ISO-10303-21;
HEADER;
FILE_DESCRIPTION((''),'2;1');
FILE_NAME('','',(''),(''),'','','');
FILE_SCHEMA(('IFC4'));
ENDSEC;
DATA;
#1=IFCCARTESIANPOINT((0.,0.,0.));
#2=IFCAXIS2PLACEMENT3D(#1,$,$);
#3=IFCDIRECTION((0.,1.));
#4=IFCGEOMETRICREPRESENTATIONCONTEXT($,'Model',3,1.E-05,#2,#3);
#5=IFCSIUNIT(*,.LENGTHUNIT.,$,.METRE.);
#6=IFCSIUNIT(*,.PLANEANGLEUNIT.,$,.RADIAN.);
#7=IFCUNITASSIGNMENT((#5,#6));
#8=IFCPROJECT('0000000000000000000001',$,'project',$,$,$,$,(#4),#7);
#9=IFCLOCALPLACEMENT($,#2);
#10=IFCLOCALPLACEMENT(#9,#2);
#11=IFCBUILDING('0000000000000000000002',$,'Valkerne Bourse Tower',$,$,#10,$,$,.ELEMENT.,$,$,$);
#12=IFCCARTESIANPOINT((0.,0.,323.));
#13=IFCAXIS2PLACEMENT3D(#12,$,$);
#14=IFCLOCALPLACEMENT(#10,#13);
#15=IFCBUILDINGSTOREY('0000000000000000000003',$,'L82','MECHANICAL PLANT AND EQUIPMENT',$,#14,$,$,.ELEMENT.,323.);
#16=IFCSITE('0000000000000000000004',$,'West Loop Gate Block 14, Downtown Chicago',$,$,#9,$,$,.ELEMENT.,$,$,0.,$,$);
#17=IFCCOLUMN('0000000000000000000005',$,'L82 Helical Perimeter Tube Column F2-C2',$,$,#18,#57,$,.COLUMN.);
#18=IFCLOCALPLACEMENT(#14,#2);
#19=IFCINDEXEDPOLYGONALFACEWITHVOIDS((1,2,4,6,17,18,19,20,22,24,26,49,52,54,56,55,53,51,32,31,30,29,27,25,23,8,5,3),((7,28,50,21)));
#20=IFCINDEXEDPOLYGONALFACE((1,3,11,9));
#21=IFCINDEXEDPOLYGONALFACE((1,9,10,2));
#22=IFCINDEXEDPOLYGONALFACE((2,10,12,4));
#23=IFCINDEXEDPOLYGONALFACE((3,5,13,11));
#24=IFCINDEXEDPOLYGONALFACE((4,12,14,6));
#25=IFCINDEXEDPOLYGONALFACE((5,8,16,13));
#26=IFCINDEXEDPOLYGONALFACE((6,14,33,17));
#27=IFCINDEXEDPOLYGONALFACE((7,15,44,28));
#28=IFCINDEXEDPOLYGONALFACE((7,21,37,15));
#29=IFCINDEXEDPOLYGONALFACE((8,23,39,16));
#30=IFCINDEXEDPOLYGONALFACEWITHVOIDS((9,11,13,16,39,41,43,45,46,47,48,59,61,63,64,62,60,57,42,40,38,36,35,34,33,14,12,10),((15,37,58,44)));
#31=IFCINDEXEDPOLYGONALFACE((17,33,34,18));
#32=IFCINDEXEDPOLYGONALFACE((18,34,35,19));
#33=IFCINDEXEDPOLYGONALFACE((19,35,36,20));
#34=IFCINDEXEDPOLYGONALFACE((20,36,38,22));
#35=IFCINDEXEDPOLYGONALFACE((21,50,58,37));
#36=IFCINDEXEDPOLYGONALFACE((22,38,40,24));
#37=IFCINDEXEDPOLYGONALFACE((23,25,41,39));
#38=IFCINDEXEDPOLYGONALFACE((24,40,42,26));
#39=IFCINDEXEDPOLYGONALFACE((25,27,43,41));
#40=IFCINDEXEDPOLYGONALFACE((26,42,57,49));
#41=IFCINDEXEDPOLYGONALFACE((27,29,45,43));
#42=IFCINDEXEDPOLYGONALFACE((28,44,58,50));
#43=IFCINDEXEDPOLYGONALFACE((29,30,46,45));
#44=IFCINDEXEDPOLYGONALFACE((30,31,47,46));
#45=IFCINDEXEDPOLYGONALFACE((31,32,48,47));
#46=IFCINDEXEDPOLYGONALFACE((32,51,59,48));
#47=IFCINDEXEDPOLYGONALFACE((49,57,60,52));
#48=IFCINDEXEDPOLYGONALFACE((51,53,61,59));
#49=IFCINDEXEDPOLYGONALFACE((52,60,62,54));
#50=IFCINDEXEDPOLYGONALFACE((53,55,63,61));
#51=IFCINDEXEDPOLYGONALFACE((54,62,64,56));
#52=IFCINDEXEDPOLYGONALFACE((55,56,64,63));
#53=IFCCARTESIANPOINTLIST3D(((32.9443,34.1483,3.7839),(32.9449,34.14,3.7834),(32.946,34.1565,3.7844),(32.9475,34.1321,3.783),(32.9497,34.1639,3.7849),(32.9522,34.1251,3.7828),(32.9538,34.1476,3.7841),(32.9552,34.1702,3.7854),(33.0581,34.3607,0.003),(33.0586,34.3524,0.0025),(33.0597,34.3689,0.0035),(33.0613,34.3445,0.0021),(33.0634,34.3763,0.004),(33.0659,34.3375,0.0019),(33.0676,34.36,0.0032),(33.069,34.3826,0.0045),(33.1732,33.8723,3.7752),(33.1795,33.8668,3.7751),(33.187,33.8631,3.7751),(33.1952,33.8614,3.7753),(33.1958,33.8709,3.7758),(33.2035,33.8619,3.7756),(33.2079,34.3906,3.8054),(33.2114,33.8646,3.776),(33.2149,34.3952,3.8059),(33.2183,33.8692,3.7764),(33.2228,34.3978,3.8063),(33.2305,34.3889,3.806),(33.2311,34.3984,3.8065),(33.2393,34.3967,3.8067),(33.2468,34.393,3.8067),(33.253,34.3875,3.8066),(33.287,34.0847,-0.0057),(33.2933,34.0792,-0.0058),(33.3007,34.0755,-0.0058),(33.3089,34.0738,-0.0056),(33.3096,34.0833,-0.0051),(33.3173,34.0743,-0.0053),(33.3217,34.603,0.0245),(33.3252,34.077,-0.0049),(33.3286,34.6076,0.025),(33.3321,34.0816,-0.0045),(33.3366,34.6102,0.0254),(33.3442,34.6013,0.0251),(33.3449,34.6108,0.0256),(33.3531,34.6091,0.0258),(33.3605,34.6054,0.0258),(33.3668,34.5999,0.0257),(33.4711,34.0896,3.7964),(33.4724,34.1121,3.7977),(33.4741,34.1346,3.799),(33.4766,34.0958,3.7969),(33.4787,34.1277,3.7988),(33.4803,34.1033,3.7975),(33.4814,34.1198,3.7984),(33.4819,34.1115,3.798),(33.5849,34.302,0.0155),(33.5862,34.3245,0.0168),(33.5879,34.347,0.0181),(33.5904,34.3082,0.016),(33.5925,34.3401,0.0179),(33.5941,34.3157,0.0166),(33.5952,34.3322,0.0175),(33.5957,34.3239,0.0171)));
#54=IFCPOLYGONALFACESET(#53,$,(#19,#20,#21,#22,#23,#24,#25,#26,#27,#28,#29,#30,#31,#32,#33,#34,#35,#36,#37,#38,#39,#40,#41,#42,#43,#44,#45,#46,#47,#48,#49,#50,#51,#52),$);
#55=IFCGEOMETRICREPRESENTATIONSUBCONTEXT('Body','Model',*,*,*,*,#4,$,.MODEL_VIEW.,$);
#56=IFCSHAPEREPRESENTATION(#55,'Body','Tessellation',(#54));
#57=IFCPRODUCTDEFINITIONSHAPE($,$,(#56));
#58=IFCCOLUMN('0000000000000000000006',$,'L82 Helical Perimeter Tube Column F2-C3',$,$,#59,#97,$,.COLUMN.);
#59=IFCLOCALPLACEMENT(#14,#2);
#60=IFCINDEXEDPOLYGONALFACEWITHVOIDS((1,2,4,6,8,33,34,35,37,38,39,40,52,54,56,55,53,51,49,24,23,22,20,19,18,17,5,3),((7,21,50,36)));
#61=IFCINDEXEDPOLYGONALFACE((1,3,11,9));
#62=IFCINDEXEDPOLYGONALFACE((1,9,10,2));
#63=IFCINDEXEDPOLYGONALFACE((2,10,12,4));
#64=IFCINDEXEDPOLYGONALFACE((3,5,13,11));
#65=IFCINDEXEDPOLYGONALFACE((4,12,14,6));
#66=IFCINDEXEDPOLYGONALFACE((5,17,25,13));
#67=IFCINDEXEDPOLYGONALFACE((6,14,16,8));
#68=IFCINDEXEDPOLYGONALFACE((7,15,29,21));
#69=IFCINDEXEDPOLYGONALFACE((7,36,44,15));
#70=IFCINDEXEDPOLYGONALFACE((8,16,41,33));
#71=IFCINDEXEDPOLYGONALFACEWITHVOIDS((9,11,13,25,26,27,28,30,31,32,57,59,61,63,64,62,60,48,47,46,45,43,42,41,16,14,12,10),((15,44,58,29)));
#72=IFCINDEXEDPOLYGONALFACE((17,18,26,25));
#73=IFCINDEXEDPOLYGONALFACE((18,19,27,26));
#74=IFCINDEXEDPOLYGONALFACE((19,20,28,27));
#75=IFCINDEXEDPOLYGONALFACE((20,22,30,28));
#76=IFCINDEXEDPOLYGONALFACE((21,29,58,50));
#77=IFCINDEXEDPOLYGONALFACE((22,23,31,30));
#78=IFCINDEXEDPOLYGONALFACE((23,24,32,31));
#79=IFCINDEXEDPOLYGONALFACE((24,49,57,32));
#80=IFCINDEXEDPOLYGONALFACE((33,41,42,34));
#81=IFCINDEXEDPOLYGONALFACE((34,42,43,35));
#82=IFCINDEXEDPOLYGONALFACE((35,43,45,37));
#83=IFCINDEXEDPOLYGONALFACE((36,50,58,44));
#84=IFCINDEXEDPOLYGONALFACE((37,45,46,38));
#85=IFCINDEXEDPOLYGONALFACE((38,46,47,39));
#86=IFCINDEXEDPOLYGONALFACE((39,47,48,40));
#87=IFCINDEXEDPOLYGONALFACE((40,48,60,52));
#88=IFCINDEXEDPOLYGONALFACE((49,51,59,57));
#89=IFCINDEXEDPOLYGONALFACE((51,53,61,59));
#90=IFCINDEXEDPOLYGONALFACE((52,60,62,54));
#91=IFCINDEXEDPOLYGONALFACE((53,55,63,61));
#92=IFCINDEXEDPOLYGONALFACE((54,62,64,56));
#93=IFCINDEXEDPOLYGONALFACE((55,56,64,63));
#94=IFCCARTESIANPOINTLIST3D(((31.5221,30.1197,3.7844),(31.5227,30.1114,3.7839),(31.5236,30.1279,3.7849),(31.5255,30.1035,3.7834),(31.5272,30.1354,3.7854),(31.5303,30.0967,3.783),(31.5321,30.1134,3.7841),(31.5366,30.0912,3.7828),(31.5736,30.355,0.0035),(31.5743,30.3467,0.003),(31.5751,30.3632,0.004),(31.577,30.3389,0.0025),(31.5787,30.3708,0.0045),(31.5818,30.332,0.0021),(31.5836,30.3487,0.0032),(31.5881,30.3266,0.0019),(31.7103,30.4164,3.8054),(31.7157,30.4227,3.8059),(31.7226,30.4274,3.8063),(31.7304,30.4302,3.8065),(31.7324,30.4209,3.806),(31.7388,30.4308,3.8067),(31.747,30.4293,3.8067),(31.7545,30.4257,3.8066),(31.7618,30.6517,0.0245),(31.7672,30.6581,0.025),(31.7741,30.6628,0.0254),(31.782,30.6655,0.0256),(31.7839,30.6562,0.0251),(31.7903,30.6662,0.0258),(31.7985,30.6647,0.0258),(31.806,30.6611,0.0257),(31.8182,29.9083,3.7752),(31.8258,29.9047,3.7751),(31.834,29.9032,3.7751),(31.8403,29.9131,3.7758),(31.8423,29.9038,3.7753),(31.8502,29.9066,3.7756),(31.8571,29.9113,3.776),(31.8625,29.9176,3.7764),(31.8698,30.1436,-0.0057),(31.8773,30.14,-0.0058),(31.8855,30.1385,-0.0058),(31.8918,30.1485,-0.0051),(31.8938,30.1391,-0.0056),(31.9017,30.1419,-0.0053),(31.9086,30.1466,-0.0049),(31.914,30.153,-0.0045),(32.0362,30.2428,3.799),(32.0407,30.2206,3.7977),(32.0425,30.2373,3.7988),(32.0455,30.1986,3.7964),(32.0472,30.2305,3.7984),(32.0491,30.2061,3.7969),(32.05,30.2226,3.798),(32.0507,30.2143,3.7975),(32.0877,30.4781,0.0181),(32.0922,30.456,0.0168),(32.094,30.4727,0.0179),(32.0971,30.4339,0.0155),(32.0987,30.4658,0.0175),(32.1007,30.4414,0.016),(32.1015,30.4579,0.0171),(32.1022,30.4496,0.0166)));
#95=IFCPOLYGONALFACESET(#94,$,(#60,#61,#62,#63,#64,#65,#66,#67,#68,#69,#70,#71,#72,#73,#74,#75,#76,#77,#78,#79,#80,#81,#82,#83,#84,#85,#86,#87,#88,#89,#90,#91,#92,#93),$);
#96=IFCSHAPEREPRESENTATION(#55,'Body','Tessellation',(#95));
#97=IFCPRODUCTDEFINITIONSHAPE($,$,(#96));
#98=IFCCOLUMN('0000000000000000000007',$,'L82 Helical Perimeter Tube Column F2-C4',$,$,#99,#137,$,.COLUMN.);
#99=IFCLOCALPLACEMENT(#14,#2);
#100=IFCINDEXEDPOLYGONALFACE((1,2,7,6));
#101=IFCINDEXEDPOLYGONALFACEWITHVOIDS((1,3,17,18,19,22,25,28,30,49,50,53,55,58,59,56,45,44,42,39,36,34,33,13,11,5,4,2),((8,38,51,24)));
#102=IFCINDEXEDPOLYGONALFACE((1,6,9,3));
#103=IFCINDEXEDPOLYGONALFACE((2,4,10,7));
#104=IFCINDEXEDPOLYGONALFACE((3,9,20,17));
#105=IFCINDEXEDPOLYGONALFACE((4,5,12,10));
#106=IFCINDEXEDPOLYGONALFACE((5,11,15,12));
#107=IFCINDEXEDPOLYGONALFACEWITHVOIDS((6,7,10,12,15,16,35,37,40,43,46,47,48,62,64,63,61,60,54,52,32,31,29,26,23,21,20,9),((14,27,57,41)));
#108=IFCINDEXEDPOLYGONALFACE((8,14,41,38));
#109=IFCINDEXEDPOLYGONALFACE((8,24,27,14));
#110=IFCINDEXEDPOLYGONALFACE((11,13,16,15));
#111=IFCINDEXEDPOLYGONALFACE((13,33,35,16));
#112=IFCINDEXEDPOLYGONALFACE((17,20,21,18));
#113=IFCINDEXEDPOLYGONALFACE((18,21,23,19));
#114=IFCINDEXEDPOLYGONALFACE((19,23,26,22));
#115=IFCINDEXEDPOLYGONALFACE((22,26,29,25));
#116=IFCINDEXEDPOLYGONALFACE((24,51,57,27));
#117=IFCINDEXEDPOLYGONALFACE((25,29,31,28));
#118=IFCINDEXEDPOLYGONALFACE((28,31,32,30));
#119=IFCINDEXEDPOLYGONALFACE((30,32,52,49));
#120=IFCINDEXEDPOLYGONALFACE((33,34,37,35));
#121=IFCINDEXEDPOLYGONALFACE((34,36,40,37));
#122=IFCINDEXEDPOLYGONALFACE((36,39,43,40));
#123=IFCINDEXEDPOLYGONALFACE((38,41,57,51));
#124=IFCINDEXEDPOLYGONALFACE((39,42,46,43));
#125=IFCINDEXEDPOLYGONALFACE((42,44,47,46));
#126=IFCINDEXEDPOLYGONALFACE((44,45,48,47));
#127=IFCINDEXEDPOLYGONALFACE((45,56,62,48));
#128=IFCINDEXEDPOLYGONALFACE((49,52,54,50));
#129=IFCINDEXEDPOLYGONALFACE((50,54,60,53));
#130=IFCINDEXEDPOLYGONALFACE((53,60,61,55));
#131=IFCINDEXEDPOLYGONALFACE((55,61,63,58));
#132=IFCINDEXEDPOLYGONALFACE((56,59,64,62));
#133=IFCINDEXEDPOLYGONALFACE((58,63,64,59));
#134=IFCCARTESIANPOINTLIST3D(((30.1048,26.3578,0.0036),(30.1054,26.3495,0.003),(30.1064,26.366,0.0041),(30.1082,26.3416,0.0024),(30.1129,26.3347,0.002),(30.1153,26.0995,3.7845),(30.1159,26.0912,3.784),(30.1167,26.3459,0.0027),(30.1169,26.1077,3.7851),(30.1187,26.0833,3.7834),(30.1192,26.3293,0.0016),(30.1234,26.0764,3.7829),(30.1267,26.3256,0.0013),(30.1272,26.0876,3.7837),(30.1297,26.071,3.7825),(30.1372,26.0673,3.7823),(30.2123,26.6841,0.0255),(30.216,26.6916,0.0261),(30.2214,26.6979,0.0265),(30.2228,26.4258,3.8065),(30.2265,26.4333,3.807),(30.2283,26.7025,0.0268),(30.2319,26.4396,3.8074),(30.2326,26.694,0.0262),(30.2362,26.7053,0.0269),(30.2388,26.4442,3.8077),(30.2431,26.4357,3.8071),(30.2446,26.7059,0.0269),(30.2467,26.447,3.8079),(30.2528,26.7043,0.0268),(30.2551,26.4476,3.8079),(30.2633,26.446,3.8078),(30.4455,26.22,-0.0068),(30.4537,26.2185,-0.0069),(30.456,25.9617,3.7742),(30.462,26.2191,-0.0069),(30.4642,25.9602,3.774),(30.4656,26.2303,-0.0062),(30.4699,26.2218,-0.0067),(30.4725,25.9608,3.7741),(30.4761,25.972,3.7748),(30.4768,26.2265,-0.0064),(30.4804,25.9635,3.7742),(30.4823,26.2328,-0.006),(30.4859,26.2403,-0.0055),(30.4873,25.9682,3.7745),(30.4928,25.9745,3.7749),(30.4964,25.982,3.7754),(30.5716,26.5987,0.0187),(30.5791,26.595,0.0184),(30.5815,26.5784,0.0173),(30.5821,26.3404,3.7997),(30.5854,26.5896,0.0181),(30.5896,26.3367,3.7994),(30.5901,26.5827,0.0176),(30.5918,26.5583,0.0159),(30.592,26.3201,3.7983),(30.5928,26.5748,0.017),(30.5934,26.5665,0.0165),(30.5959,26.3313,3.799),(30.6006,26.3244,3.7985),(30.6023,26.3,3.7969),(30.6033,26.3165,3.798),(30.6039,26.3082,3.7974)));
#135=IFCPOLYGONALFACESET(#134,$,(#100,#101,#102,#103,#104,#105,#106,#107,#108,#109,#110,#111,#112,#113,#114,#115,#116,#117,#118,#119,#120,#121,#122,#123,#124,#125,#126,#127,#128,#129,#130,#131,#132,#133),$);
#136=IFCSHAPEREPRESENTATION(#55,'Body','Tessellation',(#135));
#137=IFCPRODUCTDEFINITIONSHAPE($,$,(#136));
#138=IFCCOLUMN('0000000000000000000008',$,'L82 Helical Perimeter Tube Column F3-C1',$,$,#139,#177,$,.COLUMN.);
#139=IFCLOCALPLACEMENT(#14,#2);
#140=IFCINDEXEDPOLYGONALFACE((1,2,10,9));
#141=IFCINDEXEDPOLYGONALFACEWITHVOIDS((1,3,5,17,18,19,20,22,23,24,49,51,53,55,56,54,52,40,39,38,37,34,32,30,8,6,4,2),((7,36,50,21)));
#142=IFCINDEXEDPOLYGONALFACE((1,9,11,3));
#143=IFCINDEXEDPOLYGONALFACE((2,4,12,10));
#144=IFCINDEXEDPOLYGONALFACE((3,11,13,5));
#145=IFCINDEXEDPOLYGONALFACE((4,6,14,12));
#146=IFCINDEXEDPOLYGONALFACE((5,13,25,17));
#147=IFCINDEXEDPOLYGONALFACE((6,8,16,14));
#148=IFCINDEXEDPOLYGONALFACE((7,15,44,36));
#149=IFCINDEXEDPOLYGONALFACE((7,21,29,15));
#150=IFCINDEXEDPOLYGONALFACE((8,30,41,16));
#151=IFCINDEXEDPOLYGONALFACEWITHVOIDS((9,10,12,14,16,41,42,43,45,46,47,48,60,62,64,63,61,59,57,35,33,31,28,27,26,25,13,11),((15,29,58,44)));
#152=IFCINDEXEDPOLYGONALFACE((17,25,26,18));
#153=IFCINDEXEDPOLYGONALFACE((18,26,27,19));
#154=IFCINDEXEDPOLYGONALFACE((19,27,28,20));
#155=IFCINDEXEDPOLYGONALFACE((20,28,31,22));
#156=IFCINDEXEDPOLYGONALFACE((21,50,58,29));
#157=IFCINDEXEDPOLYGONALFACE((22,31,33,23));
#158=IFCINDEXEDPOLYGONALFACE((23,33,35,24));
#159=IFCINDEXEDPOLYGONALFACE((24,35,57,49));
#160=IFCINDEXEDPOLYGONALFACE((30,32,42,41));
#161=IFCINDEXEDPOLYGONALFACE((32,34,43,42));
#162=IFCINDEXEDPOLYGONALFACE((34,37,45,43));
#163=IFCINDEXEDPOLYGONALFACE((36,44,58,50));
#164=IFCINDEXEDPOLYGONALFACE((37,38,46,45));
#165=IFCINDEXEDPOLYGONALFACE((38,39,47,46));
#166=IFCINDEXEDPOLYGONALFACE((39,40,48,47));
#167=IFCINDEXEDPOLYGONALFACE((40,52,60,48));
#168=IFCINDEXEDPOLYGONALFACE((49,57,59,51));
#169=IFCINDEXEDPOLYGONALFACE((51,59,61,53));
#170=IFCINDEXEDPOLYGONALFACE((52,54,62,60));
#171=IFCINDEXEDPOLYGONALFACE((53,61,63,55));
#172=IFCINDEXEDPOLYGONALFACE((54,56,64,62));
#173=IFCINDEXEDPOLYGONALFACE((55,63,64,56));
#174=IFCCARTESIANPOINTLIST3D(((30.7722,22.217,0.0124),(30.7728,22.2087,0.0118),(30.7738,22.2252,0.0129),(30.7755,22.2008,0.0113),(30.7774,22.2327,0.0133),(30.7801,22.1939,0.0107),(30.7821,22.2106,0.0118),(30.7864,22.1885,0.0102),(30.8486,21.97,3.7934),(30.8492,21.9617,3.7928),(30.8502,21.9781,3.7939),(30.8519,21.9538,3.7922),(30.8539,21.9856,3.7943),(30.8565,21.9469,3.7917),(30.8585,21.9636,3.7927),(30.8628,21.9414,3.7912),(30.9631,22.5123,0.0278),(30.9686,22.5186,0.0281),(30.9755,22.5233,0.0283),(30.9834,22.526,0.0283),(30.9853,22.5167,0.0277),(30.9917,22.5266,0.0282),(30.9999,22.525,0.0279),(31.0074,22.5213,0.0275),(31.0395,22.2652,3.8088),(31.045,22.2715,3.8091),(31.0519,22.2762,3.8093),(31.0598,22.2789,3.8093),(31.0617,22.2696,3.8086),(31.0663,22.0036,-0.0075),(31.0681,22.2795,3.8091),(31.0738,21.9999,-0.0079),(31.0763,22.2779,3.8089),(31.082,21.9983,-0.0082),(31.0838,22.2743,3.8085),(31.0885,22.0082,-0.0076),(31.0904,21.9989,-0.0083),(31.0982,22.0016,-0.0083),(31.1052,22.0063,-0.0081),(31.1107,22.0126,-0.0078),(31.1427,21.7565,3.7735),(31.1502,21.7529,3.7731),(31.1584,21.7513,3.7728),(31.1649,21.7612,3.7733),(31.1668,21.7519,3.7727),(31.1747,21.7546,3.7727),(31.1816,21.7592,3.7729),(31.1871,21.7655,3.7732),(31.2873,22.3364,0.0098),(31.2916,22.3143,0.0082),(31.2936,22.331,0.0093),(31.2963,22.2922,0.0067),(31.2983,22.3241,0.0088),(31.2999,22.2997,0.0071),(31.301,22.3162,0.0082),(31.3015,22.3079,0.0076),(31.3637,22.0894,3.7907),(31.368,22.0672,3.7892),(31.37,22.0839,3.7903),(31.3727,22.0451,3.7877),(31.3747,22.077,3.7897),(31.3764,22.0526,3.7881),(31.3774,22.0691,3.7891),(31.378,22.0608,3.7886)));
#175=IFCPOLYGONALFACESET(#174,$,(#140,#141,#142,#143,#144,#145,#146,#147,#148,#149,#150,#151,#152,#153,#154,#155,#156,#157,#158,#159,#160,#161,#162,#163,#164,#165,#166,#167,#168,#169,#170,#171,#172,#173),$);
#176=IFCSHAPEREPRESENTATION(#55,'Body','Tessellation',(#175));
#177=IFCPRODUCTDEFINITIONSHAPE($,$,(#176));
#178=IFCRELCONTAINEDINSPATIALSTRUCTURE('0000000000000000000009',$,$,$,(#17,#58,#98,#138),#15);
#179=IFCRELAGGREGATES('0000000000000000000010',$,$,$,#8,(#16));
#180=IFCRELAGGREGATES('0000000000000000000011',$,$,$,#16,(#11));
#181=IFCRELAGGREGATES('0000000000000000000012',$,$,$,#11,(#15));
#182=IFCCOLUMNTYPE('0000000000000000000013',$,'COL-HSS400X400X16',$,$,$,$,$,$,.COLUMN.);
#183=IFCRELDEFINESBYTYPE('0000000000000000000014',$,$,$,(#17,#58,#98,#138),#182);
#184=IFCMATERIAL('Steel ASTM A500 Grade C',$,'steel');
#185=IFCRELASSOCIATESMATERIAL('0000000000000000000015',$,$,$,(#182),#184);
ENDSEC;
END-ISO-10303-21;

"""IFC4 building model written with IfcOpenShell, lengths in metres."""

from ifc_helpers import new_model, si_unit, direction, frame, origin, origin_2d, place, context, subcontext, project, spatial, hollow_rectangle, extrude, material, material_profile, profile_set, type_object, element, save


model = new_model("IFC4")

# Units and contexts
model_context = context("Model", 3, precision=1e-05, world=origin(), true_north=direction((0.0, 1.0)))
body_context = subcontext(model_context, "Body", "Model", "MODEL_VIEW")
ifc_project = project(units=[si_unit("LENGTHUNIT", "METRE"), si_unit("PLANEANGLEUNIT", "RADIAN")], contexts=[model_context])

# Site, building, storey
site_placement = place(None, origin())
site = spatial("IfcSite", under=ifc_project, at=site_placement, Name="West Loop Gate Block 14, Downtown Chicago", CompositionType="ELEMENT", RefElevation=0.0)
building_placement = place(site_placement, origin())
building = spatial("IfcBuilding", under=site, at=building_placement, Name="Valkerne Bourse Tower", CompositionType="ELEMENT")
storey_placement = place(building_placement, frame((0.0, 0.0, 323.0)))
storey = spatial("IfcBuildingStorey", under=building, at=storey_placement, Name="L82", Description="MECHANICAL PLANT AND EQUIPMENT", CompositionType="ELEMENT", Elevation=323.0)

# Columns
ifc_material_1 = material(Name="Steel ASTM A500 Grade C", Category="steel")
ifc_material_profile_1 = material_profile(ifc_material_1, hollow_rectangle(XDim=0.3999, YDim=0.3999, WallThickness=0.0161, OuterFilletRadius=0.032, at=origin_2d()), Name="HSS400X400X16")
ifc_profile_set_1 = profile_set([ifc_material_profile_1], Name="Steel ASTM A500 Grade C")
column_type = type_object("IfcColumnType", Name="COL-HSS400X400X16", PredefinedType="COLUMN", material=ifc_profile_set_1)
for number, where, z_axis, x_axis, name in (
    (1, (33.3269, 34.3423, 0.01), (-0.030029, -0.056062, 0.997976), (-0.752382, -0.656036, -0.059493), "L82 Helical Perimeter Tube Column F2-C2"),
    (2, (31.8379, 30.4023, 0.01), (-0.013597, -0.06212, 0.997976), (-0.54491, -0.836382, -0.059485), "L82 Helical Perimeter Tube Column F2-C3"),
):
    element("IfcColumn", number, at=place(storey_placement, frame(where, z_axis=z_axis, x_axis=x_axis)), inside=storey, type_object=column_type, Name=name, PredefinedType="COLUMN", context=body_context, shape_type="SweptSolid", body=[
        extrude(hollow_rectangle(XDim=0.3999, YDim=0.3999, WallThickness=0.0161, OuterFilletRadius=0.032, at=origin_2d()), origin(), (0.0, 0.0, 1.0), 3.7886),
    ])
for number, where, z_axis, x_axis, name in (
    (3, (30.3491, 26.4622, 0.01), (0.00277, -0.068156, 0.997671), (-0.315284, -0.94685, -0.063809), "L82 Helical Perimeter Tube Column F2-C4"),
    (4, (31.0369, 22.2625, 0.01), (0.020163, -0.065193, 0.997669), (0.83322, -0.550414, -0.052807), "L82 Helical Perimeter Tube Column F3-C1"),
):
    element("IfcColumn", number, at=place(storey_placement, frame(where, z_axis=z_axis, x_axis=x_axis)), inside=storey, type_object=column_type, Name=name, PredefinedType="COLUMN", context=body_context, shape_type="SweptSolid", body=[
        extrude(hollow_rectangle(XDim=0.3999, YDim=0.3999, WallThickness=0.0161, OuterFilletRadius=0.032, at=origin_2d()), origin(), (0.0, 0.0, 1.0), 3.7898),
    ])

save(model, "model.ifc")
